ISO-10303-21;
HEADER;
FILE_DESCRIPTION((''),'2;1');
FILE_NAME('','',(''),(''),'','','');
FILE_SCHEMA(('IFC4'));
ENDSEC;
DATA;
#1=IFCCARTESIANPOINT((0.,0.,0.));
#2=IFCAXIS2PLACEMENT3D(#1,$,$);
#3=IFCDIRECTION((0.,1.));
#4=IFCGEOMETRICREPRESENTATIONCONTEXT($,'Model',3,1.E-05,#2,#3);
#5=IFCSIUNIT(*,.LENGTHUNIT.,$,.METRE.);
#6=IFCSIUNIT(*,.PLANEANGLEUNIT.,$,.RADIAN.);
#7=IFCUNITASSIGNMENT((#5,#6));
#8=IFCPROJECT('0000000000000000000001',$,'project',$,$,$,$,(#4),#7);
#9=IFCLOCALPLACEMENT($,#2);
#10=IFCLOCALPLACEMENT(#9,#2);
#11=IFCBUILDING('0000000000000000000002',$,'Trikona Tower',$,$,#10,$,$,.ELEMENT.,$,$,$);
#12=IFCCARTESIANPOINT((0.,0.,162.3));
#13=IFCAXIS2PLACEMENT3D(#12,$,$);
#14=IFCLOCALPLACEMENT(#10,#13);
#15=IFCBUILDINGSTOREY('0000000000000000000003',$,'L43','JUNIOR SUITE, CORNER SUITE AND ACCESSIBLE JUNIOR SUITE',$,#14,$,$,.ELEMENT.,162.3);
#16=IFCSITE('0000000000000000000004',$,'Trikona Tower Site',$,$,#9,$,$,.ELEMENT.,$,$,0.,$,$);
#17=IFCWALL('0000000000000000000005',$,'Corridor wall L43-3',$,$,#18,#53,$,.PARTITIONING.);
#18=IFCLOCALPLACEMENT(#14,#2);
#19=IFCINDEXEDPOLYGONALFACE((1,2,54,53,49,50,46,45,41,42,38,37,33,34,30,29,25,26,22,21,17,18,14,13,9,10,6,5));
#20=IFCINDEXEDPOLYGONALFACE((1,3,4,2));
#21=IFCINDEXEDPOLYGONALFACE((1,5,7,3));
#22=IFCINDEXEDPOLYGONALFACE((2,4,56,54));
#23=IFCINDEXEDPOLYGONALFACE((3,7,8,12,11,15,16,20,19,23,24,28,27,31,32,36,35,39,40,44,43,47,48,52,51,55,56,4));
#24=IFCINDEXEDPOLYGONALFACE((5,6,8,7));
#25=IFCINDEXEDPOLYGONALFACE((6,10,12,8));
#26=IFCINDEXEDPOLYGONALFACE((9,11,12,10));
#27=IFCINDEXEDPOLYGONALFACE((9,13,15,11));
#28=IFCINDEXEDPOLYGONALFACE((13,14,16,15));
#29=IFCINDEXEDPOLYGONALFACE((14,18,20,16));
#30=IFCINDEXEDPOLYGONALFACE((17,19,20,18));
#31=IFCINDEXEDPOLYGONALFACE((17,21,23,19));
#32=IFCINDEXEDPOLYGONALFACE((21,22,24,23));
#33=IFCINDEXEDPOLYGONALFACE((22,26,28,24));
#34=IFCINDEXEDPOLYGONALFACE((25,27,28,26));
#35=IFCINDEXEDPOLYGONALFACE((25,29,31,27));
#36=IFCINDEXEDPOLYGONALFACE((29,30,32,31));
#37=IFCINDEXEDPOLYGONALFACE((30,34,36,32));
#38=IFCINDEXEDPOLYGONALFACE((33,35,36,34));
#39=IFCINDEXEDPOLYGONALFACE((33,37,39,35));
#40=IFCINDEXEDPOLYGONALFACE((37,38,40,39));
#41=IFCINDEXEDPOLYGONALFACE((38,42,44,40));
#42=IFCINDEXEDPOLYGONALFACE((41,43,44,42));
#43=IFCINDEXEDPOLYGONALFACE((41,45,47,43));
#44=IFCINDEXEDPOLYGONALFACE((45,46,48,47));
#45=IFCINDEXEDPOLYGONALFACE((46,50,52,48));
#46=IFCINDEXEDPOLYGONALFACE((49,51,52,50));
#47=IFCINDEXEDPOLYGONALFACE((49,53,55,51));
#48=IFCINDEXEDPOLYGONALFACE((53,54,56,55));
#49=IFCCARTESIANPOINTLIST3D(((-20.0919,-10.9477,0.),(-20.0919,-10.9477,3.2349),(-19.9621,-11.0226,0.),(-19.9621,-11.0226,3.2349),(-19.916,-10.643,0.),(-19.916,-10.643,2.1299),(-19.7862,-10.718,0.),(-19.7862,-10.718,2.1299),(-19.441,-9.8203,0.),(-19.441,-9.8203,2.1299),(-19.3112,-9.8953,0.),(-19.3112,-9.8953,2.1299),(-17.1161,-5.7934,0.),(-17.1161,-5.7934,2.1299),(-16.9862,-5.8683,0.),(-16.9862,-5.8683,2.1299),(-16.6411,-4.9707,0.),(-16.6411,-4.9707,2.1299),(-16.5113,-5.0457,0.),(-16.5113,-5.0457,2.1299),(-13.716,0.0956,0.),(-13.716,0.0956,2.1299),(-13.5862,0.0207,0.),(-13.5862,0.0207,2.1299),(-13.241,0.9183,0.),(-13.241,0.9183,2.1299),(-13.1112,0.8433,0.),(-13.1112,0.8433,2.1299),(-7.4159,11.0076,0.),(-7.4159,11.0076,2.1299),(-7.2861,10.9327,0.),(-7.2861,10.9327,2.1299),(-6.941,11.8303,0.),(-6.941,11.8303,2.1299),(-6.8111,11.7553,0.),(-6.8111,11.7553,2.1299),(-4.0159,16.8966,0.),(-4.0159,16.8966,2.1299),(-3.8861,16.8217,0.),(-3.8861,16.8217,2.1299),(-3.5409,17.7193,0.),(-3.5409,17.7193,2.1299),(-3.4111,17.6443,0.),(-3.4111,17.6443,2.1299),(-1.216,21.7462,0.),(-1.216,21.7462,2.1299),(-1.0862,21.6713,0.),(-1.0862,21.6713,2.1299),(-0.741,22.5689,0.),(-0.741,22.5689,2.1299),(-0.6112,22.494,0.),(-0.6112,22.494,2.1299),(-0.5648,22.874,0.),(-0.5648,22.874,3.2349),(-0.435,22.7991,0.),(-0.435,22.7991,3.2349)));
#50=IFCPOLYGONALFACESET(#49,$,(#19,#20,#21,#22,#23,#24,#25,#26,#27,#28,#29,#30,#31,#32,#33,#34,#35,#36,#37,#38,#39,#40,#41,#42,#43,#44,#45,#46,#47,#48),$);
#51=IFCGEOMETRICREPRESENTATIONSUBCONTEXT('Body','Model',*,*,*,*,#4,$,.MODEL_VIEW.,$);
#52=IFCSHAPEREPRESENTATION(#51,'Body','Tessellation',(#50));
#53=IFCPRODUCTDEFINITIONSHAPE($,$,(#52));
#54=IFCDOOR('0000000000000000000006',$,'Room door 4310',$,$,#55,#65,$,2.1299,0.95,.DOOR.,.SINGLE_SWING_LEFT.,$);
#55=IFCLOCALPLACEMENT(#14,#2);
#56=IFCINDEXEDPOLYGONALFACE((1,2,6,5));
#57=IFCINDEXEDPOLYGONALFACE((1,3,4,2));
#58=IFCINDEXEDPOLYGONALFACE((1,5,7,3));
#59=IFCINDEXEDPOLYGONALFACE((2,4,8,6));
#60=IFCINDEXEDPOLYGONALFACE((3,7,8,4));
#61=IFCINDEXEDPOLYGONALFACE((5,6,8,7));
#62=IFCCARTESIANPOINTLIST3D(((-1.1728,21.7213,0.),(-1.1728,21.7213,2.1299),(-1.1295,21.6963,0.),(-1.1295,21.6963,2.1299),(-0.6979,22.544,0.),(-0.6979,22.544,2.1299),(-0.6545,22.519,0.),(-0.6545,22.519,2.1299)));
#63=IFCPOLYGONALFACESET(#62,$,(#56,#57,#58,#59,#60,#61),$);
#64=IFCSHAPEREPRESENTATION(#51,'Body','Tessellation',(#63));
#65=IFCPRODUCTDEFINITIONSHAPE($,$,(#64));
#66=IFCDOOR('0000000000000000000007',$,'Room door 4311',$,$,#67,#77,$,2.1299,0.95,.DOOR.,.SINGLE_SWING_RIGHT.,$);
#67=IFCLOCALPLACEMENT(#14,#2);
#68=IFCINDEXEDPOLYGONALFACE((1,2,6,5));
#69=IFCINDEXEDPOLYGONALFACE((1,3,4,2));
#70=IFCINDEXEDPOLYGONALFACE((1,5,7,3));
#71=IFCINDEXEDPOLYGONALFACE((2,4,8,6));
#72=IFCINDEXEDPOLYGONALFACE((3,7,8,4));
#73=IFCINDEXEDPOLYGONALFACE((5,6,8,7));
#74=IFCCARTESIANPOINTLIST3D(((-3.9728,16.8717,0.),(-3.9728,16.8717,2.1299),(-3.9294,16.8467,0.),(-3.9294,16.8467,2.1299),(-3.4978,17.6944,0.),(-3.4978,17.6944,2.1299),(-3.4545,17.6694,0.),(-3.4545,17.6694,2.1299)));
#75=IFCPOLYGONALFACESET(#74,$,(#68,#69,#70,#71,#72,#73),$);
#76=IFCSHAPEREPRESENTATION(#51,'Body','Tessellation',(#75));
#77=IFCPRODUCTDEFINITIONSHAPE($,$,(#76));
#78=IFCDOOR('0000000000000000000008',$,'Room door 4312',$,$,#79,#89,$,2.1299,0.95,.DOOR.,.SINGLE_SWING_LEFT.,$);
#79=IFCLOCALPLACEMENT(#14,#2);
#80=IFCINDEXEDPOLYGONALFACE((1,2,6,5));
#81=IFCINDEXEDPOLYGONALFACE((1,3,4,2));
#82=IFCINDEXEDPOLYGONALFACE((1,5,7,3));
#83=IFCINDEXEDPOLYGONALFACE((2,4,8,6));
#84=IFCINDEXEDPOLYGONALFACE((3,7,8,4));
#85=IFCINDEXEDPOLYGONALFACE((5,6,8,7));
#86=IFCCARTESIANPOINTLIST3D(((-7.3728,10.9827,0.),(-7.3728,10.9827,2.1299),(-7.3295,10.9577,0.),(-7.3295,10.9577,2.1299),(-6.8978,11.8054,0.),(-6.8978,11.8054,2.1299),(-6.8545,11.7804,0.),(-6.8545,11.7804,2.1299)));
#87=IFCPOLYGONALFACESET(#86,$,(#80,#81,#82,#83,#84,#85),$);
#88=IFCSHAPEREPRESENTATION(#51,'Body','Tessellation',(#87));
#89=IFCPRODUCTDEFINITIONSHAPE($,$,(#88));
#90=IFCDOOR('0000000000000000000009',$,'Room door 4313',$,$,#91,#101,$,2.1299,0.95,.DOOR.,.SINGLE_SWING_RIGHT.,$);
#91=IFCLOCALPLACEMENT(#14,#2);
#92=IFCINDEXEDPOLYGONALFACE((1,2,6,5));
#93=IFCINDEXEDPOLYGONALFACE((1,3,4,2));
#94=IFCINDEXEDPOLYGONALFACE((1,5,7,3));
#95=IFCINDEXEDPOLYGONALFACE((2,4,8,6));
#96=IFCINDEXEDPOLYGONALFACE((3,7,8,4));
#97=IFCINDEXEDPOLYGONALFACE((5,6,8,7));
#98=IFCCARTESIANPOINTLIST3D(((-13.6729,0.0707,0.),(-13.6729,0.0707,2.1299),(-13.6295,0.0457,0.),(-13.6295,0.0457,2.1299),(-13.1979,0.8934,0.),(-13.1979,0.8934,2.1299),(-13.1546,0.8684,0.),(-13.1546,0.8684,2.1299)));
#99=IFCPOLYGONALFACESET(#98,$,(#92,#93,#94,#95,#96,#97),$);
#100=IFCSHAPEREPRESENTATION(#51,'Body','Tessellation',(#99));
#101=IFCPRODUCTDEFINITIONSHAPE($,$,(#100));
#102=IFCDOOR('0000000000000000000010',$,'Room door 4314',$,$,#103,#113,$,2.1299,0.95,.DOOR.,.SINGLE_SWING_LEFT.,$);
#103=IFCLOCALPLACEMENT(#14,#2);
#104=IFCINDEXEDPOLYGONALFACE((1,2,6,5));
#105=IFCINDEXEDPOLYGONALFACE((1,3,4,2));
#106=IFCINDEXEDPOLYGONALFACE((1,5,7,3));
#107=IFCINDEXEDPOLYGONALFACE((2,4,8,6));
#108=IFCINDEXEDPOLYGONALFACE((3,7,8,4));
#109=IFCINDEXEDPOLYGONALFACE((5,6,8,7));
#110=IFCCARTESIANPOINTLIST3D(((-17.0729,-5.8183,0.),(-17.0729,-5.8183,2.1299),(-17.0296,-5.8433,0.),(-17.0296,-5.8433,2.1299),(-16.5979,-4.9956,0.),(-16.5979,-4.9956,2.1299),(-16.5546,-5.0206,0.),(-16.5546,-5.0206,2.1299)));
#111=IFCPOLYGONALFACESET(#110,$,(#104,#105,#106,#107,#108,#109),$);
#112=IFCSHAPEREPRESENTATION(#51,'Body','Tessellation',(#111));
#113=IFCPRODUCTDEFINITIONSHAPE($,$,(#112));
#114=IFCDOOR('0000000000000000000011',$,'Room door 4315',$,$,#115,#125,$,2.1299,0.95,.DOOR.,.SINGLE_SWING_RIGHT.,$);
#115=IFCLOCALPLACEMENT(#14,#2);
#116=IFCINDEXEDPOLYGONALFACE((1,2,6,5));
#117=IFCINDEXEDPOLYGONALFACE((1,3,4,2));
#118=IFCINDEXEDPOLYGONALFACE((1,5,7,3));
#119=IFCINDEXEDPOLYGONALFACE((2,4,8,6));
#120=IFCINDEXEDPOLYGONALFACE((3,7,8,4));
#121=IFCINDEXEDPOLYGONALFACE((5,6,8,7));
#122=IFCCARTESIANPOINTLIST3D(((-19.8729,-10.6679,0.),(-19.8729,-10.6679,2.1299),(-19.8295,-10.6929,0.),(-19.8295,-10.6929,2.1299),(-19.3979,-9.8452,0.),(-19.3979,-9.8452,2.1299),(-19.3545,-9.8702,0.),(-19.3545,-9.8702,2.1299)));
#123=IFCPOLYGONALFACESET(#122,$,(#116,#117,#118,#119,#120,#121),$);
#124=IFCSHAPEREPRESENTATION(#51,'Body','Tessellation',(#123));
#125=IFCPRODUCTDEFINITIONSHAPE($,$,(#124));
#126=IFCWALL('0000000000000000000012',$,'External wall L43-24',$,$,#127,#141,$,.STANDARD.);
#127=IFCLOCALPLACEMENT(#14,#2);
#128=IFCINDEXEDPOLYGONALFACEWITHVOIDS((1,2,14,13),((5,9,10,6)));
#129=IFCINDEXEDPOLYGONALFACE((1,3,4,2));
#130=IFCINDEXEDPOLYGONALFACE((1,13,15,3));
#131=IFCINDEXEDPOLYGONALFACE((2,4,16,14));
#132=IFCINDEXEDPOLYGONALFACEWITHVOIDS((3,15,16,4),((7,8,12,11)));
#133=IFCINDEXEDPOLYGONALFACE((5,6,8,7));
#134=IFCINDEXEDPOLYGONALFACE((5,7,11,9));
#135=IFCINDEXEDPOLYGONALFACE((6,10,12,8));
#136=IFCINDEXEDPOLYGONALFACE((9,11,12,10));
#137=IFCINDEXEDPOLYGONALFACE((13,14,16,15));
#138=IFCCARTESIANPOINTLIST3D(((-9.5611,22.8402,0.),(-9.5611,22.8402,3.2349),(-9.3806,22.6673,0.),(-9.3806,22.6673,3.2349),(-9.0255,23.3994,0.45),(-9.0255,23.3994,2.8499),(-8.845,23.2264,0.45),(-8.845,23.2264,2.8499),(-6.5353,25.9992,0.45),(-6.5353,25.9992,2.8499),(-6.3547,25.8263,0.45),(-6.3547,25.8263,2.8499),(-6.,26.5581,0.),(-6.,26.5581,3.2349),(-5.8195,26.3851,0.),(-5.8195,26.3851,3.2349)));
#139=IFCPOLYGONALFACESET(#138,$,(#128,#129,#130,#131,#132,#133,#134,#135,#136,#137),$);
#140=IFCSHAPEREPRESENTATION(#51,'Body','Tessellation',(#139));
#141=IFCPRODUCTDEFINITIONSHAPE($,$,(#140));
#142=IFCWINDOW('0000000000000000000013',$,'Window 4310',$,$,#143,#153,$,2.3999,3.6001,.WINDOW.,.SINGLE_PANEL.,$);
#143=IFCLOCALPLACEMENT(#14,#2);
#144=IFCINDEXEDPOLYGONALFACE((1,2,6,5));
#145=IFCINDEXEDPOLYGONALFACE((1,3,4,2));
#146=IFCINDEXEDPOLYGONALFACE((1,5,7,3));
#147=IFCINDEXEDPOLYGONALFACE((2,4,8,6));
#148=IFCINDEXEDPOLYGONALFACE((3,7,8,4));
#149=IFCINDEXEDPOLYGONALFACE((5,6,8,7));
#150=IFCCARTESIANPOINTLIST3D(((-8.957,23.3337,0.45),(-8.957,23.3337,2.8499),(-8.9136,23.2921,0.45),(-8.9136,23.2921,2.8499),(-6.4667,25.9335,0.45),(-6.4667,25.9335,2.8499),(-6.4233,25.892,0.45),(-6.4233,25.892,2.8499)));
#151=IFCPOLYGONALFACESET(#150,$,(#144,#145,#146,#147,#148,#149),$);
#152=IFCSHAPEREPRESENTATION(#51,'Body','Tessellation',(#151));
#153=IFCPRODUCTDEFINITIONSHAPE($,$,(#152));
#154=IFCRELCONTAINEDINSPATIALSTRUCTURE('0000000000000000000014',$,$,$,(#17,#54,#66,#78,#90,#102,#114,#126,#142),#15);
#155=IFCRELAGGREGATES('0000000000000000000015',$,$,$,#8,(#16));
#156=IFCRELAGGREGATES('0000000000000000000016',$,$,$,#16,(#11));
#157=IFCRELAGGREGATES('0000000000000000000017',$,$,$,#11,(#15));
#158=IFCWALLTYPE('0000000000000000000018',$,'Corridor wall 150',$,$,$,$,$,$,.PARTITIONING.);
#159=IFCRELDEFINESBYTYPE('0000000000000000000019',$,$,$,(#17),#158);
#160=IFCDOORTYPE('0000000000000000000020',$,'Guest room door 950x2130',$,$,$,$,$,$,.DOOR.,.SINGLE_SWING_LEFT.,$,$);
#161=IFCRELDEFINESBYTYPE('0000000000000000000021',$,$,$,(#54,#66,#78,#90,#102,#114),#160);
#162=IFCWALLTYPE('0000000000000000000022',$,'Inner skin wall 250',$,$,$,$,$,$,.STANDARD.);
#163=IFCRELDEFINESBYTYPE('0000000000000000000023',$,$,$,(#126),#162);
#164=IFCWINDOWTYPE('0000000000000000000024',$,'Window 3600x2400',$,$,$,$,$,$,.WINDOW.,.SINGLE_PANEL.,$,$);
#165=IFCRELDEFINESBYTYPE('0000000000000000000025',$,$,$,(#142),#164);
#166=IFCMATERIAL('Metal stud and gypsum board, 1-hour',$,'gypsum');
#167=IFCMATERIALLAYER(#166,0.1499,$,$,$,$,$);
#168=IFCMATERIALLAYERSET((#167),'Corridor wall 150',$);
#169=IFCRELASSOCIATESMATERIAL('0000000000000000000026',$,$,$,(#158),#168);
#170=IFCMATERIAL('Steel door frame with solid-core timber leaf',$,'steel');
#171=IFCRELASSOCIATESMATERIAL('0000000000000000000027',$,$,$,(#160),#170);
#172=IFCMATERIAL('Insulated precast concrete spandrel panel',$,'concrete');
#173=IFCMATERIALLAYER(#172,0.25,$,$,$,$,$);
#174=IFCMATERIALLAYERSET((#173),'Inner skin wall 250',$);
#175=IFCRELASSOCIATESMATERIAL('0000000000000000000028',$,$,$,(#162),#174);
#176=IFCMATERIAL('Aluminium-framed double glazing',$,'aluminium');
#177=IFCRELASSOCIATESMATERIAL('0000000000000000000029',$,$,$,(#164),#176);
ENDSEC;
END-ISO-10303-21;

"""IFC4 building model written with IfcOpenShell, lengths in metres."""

from ifc_helpers import new_model, si_unit, direction, frame, frame_2d, origin, place, context, subcontext, project, spatial, rectangle, extrude, material, layer, layer_set, type_object, element, fill, save


model = new_model("IFC4")

# Units and contexts
model_context = context("Model", 3, precision=1e-05, world=origin(), true_north=direction((0.0, 1.0)))
body_context = subcontext(model_context, "Body", "Model", "MODEL_VIEW")
ifc_project = project(units=[si_unit("LENGTHUNIT", "METRE"), si_unit("PLANEANGLEUNIT", "RADIAN")], contexts=[model_context])

# Site, building, storey
site_placement = place(None, origin())
site = spatial("IfcSite", under=ifc_project, at=site_placement, Name="Trikona Tower Site", CompositionType="ELEMENT", RefElevation=0.0)
building_placement = place(site_placement, origin())
building = spatial("IfcBuilding", under=site, at=building_placement, Name="Trikona Tower", CompositionType="ELEMENT")
storey_placement = place(building_placement, frame((0.0, 0.0, 162.3)))
storey = spatial("IfcBuildingStorey", under=building, at=storey_placement, Name="L43", Description="JUNIOR SUITE, CORNER SUITE AND ACCESSIBLE JUNIOR SUITE", CompositionType="ELEMENT", Elevation=162.3)

# Wall, openings, doors
ifc_material_1 = material(Name="Metal stud and gypsum board, 1-hour", Category="gypsum")
ifc_layer_1 = layer(ifc_material_1, 0.1499)
ifc_layer_set_1 = layer_set([ifc_layer_1], Name="Corridor wall 150")
wall_type_1 = type_object("IfcWallType", Name="Corridor wall 150", PredefinedType="PARTITIONING", material=ifc_layer_set_1)
wall_1_placement = place(storey_placement, frame((-0.5, 22.8364, 0.0), z_axis=(0.0, 0.0, 1.0), x_axis=(-0.500002, -0.866024, 0.0)))
wall_1 = element("IfcWall", 1, at=wall_1_placement, inside=storey, type_object=wall_type_1, Name="Corridor wall L43-3", PredefinedType="PARTITIONING", context=body_context, shape_type="SweptSolid", body=[
    extrude(rectangle(XDim=39.054, YDim=0.1499, at=frame_2d((19.5269, 0.0))), origin(), (0.0, 0.0, 1.0), 3.2349),
])
opening_1_placement = place(wall_1_placement, frame((0.3521, 0.0, 0.0)))
opening_1 = element("IfcOpeningElement", 2, at=opening_1_placement, cuts=wall_1, PredefinedType="OPENING", context=body_context, shape_type="SweptSolid", body=[
    extrude(rectangle(XDim=0.95, YDim=2.1299, at=frame_2d((0.4751, 1.0649))), frame((0.0, 0.085, 0.0), z_axis=(0.0, -1.0, 0.0), x_axis=(1.0, 0.0, 0.0)), (0.0, 0.0, 1.0), 0.1699),
])
opening_2_placement = place(wall_1_placement, frame((5.9519, 0.0, 0.0)))
opening_2 = element("IfcOpeningElement", 3, at=opening_2_placement, cuts=wall_1, PredefinedType="OPENING", context=body_context, shape_type="SweptSolid", body=[
    extrude(rectangle(XDim=0.95, YDim=2.1299, at=frame_2d((0.4751, 1.0649))), frame((0.0, 0.085, 0.0), z_axis=(0.0, -1.0, 0.0), x_axis=(1.0, 0.0, 0.0)), (0.0, 0.0, 1.0), 0.1699),
])
opening_3_placement = place(wall_1_placement, frame((12.752, 0.0, 0.0)))
opening_3 = element("IfcOpeningElement", 4, at=opening_3_placement, cuts=wall_1, PredefinedType="OPENING", context=body_context, shape_type="SweptSolid", body=[
    extrude(rectangle(XDim=0.95, YDim=2.1299, at=frame_2d((0.4751, 1.0649))), frame((0.0, 0.085, 0.0), z_axis=(0.0, -1.0, 0.0), x_axis=(1.0, 0.0, 0.0)), (0.0, 0.0, 1.0), 0.1699),
])
opening_4_placement = place(wall_1_placement, frame((25.3521, 0.0, 0.0)))
opening_4 = element("IfcOpeningElement", 5, at=opening_4_placement, cuts=wall_1, PredefinedType="OPENING", context=body_context, shape_type="SweptSolid", body=[
    extrude(rectangle(XDim=0.95, YDim=2.1299, at=frame_2d((0.4751, 1.0649))), frame((0.0, 0.085, 0.0), z_axis=(0.0, -1.0, 0.0), x_axis=(1.0, 0.0, 0.0)), (0.0, 0.0, 1.0), 0.1699),
])
opening_5_placement = place(wall_1_placement, frame((32.1521, 0.0, 0.0)))
opening_5 = element("IfcOpeningElement", 6, at=opening_5_placement, cuts=wall_1, PredefinedType="OPENING", context=body_context, shape_type="SweptSolid", body=[
    extrude(rectangle(XDim=0.95, YDim=2.1299, at=frame_2d((0.4751, 1.0649))), frame((0.0, 0.085, 0.0), z_axis=(0.0, -1.0, 0.0), x_axis=(1.0, 0.0, 0.0)), (0.0, 0.0, 1.0), 0.1699),
])
opening_6_placement = place(wall_1_placement, frame((37.752, 0.0, 0.0)))
opening_6 = element("IfcOpeningElement", 7, at=opening_6_placement, cuts=wall_1, PredefinedType="OPENING", context=body_context, shape_type="SweptSolid", body=[
    extrude(rectangle(XDim=0.95, YDim=2.1299, at=frame_2d((0.4751, 1.0649))), frame((0.0, 0.085, 0.0), z_axis=(0.0, -1.0, 0.0), x_axis=(1.0, 0.0, 0.0)), (0.0, 0.0, 1.0), 0.1699),
])
ifc_material_2 = material(Name="Steel door frame with solid-core timber leaf", Category="steel")
door_type = type_object("IfcDoorType", Name="Guest room door 950x2130", OperationType="SINGLE_SWING_LEFT", PredefinedType="DOOR", material=ifc_material_2)
door_1_placement = place(opening_1_placement, origin())
door_1 = element("IfcDoor", 8, at=door_1_placement, inside=storey, type_object=door_type, Name="Room door 4310", OperationType="SINGLE_SWING_LEFT", OverallHeight=2.1299, OverallWidth=0.95, PredefinedType="DOOR", context=body_context, shape_type="SweptSolid", body=[
    extrude(rectangle(XDim=0.95, YDim=2.1299, at=frame_2d((0.4751, 1.0649))), frame((0.0, 0.0249, 0.0), z_axis=(0.0, -1.0, 0.0), x_axis=(1.0, 0.0, 0.0)), (0.0, 0.0, 1.0), 0.05),
])
fill(opening_1, door_1)
door_2_placement = place(opening_2_placement, origin())
door_2 = element("IfcDoor", 9, at=door_2_placement, inside=storey, type_object=door_type, Name="Room door 4311", OperationType="SINGLE_SWING_RIGHT", OverallHeight=2.1299, OverallWidth=0.95, PredefinedType="DOOR", context=body_context, shape_type="SweptSolid", body=[
    extrude(rectangle(XDim=0.95, YDim=2.1299, at=frame_2d((0.4751, 1.0649))), frame((0.0, 0.0249, 0.0), z_axis=(0.0, -1.0, 0.0), x_axis=(1.0, 0.0, 0.0)), (0.0, 0.0, 1.0), 0.05),
])
fill(opening_2, door_2)
door_3_placement = place(opening_3_placement, origin())
door_3 = element("IfcDoor", 10, at=door_3_placement, inside=storey, type_object=door_type, Name="Room door 4312", OperationType="SINGLE_SWING_LEFT", OverallHeight=2.1299, OverallWidth=0.95, PredefinedType="DOOR", context=body_context, shape_type="SweptSolid", body=[
    extrude(rectangle(XDim=0.95, YDim=2.1299, at=frame_2d((0.4751, 1.0649))), frame((0.0, 0.0249, 0.0), z_axis=(0.0, -1.0, 0.0), x_axis=(1.0, 0.0, 0.0)), (0.0, 0.0, 1.0), 0.05),
])
fill(opening_3, door_3)
door_4_placement = place(opening_4_placement, origin())
door_4 = element("IfcDoor", 11, at=door_4_placement, inside=storey, type_object=door_type, Name="Room door 4313", OperationType="SINGLE_SWING_RIGHT", OverallHeight=2.1299, OverallWidth=0.95, PredefinedType="DOOR", context=body_context, shape_type="SweptSolid", body=[
    extrude(rectangle(XDim=0.95, YDim=2.1299, at=frame_2d((0.4751, 1.0649))), frame((0.0, 0.0249, 0.0), z_axis=(0.0, -1.0, 0.0), x_axis=(1.0, 0.0, 0.0)), (0.0, 0.0, 1.0), 0.05),
])
fill(opening_4, door_4)
door_5_placement = place(opening_5_placement, origin())
door_5 = element("IfcDoor", 12, at=door_5_placement, inside=storey, type_object=door_type, Name="Room door 4314", OperationType="SINGLE_SWING_LEFT", OverallHeight=2.1299, OverallWidth=0.95, PredefinedType="DOOR", context=body_context, shape_type="SweptSolid", body=[
    extrude(rectangle(XDim=0.95, YDim=2.1299, at=frame_2d((0.4751, 1.0649))), frame((0.0, 0.0249, 0.0), z_axis=(0.0, -1.0, 0.0), x_axis=(1.0, 0.0, 0.0)), (0.0, 0.0, 1.0), 0.05),
])
fill(opening_5, door_5)
door_6_placement = place(opening_6_placement, origin())
door_6 = element("IfcDoor", 13, at=door_6_placement, inside=storey, type_object=door_type, Name="Room door 4315", OperationType="SINGLE_SWING_RIGHT", OverallHeight=2.1299, OverallWidth=0.95, PredefinedType="DOOR", context=body_context, shape_type="SweptSolid", body=[
    extrude(rectangle(XDim=0.95, YDim=2.1299, at=frame_2d((0.4751, 1.0649))), frame((0.0, 0.0249, 0.0), z_axis=(0.0, -1.0, 0.0), x_axis=(1.0, 0.0, 0.0)), (0.0, 0.0, 1.0), 0.05),
])
fill(opening_6, door_6)

# Wall, opening, window
ifc_material_3 = material(Name="Insulated precast concrete spandrel panel", Category="concrete")
ifc_layer_2 = layer(ifc_material_3, 0.25)
ifc_layer_set_2 = layer_set([ifc_layer_2], Name="Inner skin wall 250")
wall_type_2 = type_object("IfcWallType", Name="Inner skin wall 250", PredefinedType="STANDARD", material=ifc_layer_set_2)
wall_2_placement = place(storey_placement, frame((-5.9097, 26.4717, 0.0), z_axis=(0.0, 0.0, 1.0), x_axis=(-0.69172, -0.722166, 0.0)))
wall_2 = element("IfcWall", 14, at=wall_2_placement, inside=storey, type_object=wall_type_2, Name="External wall L43-24", PredefinedType="STANDARD", context=body_context, shape_type="SweptSolid", body=[
    extrude(rectangle(XDim=5.1482, YDim=0.25, at=frame_2d((2.5742, 0.0))), origin(), (0.0, 0.0, 1.0), 3.2349),
])
opening_7_placement = place(wall_2_placement, frame((0.7739, 0.0, 0.45)))
opening_7 = element("IfcOpeningElement", 15, at=opening_7_placement, cuts=wall_2, PredefinedType="OPENING", context=body_context, shape_type="SweptSolid", body=[
    extrude(rectangle(XDim=3.6001, YDim=2.3999, at=frame_2d((1.8, 1.2))), frame((0.0, 0.135, 0.0), z_axis=(0.0, -1.0, 0.0), x_axis=(1.0, 0.0, 0.0)), (0.0, 0.0, 1.0), 0.27),
])
ifc_material_4 = material(Name="Aluminium-framed double glazing", Category="aluminium")
window_type_1 = type_object("IfcWindowType", Name="Window 3600x2400", PartitioningType="SINGLE_PANEL", PredefinedType="WINDOW", material=ifc_material_4)
window_1_placement = place(opening_7_placement, origin())
window_1 = element("IfcWindow", 16, at=window_1_placement, inside=storey, type_object=window_type_1, Name="Window 4310", OverallHeight=2.3999, OverallWidth=3.6001, PartitioningType="SINGLE_PANEL", PredefinedType="WINDOW", context=body_context, shape_type="SweptSolid", body=[
    extrude(rectangle(XDim=3.6001, YDim=2.3999, at=frame_2d((1.8, 1.2))), frame((0.0, 0.03, 0.0), z_axis=(0.0, -1.0, 0.0), x_axis=(1.0, 0.0, 0.0)), (0.0, 0.0, 1.0), 0.0601),
])
fill(opening_7, window_1)

save(model, "model.ifc")
